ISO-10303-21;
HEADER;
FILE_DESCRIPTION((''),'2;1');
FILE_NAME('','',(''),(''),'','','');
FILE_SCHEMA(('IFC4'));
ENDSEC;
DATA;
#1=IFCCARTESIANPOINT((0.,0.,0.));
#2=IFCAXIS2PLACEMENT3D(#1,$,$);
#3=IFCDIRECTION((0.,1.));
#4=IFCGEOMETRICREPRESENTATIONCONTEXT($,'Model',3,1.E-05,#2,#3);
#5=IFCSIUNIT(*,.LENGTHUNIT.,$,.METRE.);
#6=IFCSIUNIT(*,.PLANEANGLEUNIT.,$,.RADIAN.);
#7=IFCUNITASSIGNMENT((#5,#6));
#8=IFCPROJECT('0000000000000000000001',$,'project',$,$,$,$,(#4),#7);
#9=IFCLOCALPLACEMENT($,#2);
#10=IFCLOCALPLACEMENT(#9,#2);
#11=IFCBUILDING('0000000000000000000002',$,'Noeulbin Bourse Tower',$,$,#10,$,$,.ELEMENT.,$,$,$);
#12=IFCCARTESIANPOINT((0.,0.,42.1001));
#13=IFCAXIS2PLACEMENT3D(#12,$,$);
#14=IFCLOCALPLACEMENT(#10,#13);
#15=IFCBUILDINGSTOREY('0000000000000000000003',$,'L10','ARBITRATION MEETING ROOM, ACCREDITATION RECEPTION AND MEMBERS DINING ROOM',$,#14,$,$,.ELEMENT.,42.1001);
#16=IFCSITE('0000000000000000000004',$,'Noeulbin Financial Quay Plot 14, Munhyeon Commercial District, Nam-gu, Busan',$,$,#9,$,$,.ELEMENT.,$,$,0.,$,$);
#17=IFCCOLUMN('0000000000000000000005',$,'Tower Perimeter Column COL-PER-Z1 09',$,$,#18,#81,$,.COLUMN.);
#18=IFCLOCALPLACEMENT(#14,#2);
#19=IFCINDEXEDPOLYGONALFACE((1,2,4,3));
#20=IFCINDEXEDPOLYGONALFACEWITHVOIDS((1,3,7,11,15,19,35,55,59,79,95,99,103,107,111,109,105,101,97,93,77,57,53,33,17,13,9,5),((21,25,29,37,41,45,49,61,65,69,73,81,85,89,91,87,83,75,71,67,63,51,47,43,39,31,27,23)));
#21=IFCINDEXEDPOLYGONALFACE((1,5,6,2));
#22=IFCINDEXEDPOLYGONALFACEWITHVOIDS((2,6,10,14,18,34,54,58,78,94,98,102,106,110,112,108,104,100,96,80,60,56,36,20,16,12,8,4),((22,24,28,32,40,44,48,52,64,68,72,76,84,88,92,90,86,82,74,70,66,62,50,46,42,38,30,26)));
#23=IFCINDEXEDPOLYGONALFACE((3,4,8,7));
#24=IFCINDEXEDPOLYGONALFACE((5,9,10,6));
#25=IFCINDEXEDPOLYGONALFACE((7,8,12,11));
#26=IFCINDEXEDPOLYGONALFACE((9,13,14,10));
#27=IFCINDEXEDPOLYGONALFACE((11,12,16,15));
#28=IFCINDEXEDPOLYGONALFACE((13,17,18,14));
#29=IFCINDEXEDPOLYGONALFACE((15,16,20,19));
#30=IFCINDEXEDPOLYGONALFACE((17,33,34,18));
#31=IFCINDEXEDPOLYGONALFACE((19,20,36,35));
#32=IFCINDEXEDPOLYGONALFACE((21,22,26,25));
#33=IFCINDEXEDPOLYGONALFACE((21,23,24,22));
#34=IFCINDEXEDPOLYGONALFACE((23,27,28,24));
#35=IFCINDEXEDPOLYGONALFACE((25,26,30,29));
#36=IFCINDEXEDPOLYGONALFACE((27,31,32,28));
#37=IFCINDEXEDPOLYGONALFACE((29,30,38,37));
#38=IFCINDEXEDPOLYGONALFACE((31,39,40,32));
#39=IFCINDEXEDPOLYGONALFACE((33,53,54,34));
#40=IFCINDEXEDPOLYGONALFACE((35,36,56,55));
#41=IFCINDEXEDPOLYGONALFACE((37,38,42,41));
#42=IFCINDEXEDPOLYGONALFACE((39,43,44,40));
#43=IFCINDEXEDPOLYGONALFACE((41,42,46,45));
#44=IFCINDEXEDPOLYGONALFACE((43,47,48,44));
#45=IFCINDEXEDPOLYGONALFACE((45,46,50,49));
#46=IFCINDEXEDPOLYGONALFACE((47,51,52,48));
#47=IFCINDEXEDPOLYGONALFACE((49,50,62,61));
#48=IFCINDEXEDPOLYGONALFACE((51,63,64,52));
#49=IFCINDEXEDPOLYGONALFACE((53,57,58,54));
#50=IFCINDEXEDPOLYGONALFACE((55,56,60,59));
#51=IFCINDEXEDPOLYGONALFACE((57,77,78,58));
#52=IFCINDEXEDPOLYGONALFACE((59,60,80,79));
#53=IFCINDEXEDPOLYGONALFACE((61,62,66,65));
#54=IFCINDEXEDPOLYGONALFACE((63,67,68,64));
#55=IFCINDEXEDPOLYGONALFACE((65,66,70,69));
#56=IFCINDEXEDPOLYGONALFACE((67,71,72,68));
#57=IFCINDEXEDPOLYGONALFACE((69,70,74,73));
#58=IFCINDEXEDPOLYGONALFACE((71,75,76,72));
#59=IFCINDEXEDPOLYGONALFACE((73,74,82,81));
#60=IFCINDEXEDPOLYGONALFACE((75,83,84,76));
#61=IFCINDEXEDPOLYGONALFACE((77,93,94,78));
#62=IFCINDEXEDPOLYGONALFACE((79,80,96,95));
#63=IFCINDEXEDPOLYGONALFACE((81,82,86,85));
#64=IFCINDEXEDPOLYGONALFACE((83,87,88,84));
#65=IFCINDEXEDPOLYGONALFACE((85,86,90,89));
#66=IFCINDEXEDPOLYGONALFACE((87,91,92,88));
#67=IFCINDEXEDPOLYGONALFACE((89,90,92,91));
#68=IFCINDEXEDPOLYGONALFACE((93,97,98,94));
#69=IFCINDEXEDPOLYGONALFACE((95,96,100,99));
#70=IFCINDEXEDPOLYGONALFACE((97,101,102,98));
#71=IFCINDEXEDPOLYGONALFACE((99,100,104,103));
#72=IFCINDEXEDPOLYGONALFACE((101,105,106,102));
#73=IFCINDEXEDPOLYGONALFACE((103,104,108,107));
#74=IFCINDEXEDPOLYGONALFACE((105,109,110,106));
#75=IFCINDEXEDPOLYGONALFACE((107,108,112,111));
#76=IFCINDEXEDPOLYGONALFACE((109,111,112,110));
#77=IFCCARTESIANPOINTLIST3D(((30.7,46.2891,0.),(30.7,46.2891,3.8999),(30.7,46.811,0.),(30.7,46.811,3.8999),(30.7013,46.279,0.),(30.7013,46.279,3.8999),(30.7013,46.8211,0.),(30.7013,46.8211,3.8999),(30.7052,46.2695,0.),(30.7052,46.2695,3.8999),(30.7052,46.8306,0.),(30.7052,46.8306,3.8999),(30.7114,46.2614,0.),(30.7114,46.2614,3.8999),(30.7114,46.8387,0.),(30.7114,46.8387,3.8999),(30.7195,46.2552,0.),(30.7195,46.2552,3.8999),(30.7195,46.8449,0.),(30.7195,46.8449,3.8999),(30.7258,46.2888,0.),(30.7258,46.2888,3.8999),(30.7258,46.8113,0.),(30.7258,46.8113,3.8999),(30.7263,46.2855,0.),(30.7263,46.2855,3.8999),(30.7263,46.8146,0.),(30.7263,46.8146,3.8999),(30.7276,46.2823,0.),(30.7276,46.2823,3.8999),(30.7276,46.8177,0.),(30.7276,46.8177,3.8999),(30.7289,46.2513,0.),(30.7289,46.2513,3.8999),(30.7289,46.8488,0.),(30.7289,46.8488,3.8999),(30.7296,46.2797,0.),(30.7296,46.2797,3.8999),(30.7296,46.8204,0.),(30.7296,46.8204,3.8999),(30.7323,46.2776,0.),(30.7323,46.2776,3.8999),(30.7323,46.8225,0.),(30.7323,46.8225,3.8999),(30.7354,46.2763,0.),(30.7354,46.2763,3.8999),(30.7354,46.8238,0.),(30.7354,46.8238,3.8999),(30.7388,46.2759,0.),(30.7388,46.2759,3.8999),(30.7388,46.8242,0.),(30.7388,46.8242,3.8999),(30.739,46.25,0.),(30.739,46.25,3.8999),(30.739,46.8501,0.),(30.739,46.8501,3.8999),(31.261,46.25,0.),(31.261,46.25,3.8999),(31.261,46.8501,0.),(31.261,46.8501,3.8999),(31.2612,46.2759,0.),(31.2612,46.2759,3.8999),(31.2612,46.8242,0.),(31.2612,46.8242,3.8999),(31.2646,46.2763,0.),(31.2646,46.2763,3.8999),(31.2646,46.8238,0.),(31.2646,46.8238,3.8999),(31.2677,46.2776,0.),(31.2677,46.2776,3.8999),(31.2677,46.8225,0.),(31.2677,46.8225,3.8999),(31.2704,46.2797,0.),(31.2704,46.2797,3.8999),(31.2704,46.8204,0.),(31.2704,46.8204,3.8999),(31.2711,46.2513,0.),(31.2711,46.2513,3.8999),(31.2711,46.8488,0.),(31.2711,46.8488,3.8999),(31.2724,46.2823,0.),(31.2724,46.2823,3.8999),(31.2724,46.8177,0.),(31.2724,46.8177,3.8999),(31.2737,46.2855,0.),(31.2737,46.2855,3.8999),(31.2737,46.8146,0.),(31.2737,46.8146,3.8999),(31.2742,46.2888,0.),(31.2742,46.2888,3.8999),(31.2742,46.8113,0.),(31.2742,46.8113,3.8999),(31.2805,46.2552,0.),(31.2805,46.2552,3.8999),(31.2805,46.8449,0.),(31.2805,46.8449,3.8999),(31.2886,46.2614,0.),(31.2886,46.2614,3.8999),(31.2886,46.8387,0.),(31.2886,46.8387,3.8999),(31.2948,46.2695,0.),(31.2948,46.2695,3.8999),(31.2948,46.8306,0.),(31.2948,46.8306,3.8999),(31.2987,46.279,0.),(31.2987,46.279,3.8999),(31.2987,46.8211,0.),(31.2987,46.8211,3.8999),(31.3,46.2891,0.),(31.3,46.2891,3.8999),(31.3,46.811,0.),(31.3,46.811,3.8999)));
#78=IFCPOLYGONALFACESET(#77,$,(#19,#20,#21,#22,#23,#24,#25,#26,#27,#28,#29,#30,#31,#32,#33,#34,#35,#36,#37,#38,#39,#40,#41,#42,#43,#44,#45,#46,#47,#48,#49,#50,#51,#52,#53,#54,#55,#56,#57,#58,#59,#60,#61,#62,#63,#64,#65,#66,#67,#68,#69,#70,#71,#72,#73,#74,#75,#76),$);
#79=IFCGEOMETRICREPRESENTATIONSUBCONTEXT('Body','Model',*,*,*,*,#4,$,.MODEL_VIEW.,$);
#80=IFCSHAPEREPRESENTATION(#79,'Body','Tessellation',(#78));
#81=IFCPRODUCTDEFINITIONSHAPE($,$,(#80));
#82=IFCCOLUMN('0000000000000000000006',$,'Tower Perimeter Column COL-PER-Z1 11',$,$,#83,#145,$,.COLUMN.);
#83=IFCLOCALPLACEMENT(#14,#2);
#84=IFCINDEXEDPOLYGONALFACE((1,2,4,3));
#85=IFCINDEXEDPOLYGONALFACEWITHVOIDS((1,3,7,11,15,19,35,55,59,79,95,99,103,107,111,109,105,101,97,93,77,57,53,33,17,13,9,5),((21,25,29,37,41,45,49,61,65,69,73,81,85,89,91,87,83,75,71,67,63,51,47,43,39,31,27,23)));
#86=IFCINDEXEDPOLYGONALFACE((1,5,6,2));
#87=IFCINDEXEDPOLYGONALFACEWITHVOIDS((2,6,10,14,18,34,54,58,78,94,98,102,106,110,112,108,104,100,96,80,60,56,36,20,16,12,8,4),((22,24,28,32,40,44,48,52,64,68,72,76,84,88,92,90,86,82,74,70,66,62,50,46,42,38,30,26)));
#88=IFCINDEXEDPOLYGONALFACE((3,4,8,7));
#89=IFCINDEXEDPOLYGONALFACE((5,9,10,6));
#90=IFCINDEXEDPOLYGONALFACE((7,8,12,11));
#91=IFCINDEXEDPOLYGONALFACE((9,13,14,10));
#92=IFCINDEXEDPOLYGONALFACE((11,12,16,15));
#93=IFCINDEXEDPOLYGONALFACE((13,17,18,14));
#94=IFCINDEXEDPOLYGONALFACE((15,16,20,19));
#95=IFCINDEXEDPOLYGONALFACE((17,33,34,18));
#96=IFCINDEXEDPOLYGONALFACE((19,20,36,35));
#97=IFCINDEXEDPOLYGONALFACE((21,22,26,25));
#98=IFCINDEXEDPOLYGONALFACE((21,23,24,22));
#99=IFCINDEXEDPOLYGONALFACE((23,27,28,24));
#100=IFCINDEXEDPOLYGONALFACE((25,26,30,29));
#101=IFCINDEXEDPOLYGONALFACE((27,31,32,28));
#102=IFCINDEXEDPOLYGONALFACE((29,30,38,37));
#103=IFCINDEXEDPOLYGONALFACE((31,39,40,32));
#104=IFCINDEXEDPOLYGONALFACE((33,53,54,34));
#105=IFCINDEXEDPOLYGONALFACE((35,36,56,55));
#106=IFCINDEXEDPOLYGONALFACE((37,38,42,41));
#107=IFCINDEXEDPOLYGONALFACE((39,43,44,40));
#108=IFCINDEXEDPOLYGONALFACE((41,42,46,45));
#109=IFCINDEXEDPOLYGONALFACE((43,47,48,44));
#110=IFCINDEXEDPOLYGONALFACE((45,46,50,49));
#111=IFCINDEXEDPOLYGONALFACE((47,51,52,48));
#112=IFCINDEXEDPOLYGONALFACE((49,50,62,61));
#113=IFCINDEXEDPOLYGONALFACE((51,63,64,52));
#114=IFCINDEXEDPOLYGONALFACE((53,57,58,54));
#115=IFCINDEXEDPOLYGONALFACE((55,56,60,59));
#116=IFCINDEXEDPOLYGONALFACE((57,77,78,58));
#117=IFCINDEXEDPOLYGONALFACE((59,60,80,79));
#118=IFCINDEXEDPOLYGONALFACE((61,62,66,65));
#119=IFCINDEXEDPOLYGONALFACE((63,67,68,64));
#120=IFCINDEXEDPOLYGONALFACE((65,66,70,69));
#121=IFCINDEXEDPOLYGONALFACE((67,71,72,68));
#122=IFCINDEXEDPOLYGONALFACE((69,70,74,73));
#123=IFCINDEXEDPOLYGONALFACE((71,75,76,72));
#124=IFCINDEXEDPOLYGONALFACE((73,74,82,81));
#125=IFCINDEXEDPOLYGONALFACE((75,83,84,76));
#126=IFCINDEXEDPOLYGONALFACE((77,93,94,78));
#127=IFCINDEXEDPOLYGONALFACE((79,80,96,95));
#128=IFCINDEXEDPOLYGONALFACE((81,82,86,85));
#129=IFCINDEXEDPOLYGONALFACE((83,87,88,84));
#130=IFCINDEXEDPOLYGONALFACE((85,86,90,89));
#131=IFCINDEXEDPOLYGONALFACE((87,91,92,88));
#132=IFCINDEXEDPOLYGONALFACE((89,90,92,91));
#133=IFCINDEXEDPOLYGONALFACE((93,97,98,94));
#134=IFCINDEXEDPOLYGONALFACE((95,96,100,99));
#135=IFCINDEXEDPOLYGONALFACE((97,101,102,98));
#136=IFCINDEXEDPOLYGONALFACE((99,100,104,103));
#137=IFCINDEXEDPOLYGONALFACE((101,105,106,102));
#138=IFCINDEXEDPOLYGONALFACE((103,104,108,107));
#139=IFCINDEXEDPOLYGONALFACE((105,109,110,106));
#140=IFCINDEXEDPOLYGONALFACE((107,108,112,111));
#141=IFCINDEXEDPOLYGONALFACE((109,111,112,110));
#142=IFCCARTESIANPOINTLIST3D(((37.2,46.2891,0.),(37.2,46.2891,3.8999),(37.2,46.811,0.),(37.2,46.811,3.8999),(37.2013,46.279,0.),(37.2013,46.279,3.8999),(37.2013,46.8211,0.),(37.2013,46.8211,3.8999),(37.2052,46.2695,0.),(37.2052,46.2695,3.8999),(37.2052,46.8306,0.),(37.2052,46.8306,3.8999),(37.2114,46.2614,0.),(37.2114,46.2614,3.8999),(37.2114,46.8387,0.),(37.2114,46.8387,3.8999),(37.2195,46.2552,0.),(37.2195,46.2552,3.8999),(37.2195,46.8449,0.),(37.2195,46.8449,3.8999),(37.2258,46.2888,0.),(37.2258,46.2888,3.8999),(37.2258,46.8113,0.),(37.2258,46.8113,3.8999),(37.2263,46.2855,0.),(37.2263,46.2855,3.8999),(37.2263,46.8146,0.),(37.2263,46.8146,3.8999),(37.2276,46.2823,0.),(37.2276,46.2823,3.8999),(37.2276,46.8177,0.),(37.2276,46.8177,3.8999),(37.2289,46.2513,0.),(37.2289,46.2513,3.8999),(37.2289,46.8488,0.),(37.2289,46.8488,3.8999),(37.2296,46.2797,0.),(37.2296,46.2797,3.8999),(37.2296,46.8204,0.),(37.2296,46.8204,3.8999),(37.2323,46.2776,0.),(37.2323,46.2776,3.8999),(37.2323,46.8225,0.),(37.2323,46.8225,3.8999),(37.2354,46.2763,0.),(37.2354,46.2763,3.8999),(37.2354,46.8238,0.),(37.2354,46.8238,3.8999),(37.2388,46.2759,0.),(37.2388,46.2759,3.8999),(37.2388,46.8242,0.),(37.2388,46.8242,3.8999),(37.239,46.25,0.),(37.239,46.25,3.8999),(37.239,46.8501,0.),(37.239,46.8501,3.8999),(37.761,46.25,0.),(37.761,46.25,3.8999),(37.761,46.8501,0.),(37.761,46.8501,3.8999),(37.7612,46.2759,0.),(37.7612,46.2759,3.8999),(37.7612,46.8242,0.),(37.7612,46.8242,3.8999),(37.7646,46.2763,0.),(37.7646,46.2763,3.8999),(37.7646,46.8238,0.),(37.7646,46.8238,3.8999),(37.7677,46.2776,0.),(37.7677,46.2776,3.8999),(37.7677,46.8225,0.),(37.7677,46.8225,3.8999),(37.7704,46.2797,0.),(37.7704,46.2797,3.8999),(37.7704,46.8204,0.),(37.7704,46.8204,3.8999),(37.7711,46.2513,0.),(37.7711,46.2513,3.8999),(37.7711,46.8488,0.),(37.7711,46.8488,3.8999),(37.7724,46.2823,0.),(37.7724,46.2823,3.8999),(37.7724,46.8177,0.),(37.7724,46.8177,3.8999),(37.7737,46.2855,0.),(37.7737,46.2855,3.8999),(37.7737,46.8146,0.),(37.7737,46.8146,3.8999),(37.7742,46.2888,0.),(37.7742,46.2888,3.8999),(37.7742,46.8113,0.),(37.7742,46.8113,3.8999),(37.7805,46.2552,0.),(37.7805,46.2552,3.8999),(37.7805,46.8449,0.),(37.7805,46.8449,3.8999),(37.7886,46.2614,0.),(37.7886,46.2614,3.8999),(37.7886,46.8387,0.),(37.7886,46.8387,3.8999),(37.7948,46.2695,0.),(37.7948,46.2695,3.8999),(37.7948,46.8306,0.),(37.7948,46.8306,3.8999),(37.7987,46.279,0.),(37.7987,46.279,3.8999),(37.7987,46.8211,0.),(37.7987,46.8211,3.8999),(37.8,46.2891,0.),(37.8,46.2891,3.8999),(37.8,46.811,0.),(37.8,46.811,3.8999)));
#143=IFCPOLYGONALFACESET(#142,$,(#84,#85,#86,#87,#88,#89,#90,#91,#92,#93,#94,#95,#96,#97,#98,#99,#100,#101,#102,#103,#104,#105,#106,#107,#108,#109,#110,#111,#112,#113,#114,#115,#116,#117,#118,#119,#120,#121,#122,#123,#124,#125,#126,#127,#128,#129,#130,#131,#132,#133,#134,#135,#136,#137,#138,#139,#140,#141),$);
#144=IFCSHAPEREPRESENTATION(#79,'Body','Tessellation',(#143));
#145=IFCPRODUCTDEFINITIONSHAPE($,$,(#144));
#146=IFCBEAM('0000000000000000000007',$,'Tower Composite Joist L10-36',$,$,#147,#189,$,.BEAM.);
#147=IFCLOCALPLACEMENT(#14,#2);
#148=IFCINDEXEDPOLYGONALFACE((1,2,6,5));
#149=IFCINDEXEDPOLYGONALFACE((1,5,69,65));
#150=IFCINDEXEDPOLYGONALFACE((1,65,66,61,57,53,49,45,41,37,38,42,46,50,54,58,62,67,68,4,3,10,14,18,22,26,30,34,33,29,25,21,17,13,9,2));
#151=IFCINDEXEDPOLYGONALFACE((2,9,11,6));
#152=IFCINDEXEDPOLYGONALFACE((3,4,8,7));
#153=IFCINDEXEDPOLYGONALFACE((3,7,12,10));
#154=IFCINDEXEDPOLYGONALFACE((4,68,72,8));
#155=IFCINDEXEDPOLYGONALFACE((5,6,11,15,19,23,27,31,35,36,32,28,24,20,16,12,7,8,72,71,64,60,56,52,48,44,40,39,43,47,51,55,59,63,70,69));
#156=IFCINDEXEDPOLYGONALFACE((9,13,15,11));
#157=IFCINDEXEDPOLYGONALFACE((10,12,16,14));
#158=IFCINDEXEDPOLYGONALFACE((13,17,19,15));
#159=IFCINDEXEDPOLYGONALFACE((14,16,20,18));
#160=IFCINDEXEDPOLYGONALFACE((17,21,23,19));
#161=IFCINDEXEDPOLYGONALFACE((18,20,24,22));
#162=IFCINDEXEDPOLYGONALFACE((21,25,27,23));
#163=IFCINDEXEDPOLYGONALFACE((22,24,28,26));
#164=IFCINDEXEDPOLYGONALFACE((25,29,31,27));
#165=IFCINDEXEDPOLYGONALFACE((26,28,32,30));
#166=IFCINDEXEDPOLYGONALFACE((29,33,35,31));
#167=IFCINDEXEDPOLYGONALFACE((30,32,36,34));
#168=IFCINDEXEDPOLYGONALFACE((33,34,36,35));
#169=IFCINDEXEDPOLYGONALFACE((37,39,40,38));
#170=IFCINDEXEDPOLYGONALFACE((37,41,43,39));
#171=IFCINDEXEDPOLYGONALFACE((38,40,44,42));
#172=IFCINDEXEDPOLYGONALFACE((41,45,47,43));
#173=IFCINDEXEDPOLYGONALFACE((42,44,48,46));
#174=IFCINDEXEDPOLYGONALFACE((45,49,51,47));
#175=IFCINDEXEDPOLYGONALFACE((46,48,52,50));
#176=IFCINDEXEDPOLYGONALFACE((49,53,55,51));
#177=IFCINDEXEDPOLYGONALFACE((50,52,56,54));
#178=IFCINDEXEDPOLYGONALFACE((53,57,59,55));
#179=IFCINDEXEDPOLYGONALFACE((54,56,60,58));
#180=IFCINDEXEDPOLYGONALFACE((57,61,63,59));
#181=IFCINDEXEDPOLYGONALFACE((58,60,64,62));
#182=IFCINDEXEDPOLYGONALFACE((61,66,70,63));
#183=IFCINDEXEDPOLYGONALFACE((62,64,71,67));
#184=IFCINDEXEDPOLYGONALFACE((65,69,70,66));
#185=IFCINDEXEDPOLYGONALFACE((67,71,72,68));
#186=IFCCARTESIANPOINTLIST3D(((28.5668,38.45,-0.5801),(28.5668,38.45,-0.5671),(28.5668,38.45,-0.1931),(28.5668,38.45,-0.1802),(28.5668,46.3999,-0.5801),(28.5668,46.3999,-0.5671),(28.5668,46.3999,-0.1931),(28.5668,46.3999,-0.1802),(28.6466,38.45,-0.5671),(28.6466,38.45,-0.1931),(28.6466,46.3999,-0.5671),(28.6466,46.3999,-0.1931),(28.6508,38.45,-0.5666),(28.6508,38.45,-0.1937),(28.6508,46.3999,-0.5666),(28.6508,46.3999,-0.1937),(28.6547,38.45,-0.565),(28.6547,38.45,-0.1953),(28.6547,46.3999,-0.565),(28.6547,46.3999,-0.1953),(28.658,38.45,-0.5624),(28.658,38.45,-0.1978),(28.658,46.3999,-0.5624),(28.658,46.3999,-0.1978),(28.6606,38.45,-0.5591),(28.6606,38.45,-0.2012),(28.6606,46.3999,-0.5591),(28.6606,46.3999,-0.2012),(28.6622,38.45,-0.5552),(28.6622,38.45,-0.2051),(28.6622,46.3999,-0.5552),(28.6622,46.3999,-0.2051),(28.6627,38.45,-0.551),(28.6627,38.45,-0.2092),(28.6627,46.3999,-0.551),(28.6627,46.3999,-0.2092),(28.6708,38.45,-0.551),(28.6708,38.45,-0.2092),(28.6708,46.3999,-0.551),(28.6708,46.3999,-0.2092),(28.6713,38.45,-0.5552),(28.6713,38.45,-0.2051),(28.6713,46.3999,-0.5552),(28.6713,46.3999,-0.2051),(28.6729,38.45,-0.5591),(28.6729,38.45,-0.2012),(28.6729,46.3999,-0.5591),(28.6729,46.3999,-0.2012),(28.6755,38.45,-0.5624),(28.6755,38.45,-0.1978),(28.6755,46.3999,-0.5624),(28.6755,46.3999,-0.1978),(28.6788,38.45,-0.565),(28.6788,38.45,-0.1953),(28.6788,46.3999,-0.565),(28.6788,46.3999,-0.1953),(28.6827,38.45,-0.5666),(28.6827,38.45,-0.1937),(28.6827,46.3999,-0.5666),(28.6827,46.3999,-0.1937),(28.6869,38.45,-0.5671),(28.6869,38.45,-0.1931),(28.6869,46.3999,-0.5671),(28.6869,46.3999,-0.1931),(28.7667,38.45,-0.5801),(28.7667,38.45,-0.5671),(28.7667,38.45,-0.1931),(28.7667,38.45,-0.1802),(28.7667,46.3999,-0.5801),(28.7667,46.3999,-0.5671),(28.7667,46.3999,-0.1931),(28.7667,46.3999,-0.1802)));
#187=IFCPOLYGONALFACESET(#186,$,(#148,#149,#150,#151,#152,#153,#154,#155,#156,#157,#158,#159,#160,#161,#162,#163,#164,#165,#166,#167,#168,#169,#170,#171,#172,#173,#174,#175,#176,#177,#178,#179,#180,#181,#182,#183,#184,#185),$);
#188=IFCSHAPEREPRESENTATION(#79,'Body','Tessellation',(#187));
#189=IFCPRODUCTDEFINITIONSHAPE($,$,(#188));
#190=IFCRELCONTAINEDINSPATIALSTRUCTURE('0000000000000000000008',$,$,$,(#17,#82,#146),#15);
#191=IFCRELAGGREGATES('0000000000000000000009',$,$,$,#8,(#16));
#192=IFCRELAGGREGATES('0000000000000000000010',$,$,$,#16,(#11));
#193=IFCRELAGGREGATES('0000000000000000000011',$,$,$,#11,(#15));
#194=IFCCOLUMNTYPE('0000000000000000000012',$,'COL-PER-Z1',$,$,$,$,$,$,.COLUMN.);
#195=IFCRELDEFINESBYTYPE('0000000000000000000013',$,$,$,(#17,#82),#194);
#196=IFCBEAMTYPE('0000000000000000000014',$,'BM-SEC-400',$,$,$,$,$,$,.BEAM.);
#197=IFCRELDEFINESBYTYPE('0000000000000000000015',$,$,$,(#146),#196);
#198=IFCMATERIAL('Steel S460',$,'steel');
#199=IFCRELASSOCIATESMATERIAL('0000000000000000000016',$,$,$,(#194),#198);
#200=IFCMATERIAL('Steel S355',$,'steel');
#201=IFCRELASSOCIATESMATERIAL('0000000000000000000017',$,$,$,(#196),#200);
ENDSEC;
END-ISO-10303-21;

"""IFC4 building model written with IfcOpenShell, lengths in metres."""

from ifc_helpers import new_model, si_unit, direction, frame, origin, origin_2d, place, context, subcontext, project, spatial, hollow_rectangle, i_section, extrude, material, material_profile, profile_set, type_object, element, save


model = new_model("IFC4")

# Units and contexts
model_context = context("Model", 3, precision=1e-05, world=origin(), true_north=direction((0.0, 1.0)))
body_context = subcontext(model_context, "Body", "Model", "MODEL_VIEW")
ifc_project = project(units=[si_unit("LENGTHUNIT", "METRE"), si_unit("PLANEANGLEUNIT", "RADIAN")], contexts=[model_context])

# Site, building, storey
site_placement = place(None, origin())
site = spatial("IfcSite", under=ifc_project, at=site_placement, Name="Noeulbin Financial Quay Plot 14, Munhyeon Commercial District, Nam-gu, Busan", CompositionType="ELEMENT", RefElevation=0.0)
building_placement = place(site_placement, origin())
building = spatial("IfcBuilding", under=site, at=building_placement, Name="Noeulbin Bourse Tower", CompositionType="ELEMENT")
storey_placement = place(building_placement, frame((0.0, 0.0, 42.1001)))
storey = spatial("IfcBuildingStorey", under=building, at=storey_placement, Name="L10", Description="ARBITRATION MEETING ROOM, ACCREDITATION RECEPTION AND MEMBERS DINING ROOM", CompositionType="ELEMENT", Elevation=42.1001)

# Columns
ifc_material_1 = material(Name="Steel S460", Category="steel")
ifc_material_profile_1 = material_profile(ifc_material_1, hollow_rectangle(XDim=0.6001, YDim=0.6001, WallThickness=0.0259, InnerFilletRadius=0.0129, OuterFilletRadius=0.0391, at=origin_2d()), Name="BOX-600x600x26", Category="LoadBearing")
ifc_profile_set_1 = profile_set([ifc_material_profile_1], Name="Steel S460")
column_type = type_object("IfcColumnType", Name="COL-PER-Z1", PredefinedType="COLUMN", material=ifc_profile_set_1)
for number, where, z_axis, x_axis, name in (
    (1, (31.0, 46.55, 0.0), (0.0, 0.0, 1.0), (1.0, 0.0, 0.0), "Tower Perimeter Column COL-PER-Z1 09"),
    (2, (37.5, 46.55, 0.0), (0.0, 0.0, 1.0), (1.0, 0.0, 0.0), "Tower Perimeter Column COL-PER-Z1 11"),
):
    element("IfcColumn", number, at=place(storey_placement, frame(where, z_axis=z_axis, x_axis=x_axis)), inside=storey, type_object=column_type, Name=name, PredefinedType="COLUMN", context=body_context, shape_type="SweptSolid", body=[
        extrude(hollow_rectangle(XDim=0.6001, YDim=0.6001, WallThickness=0.0259, InnerFilletRadius=0.0129, OuterFilletRadius=0.0391, at=origin_2d()), origin(), (0.0, 0.0, 1.0), 3.8999),
    ])

# Beam
ifc_material_2 = material(Name="Steel S355", Category="steel")
ifc_material_profile_2 = material_profile(ifc_material_2, i_section(OverallWidth=0.2, OverallDepth=0.3999, WebThickness=0.0081, FlangeThickness=0.0129, FilletRadius=0.0161, at=origin_2d()), Name="H-400x200x8x13", Category="LoadBearing")
ifc_profile_set_2 = profile_set([ifc_material_profile_2], Name="Steel S355")
beam_type_1 = type_object("IfcBeamType", Name="BM-SEC-400", PredefinedType="BEAM", material=ifc_profile_set_2)
for number, where, z_axis, x_axis, name in (
    (3, (28.6667, 38.45, -0.3801), (0.0, 1.0, 0.0), (-1.0, 0.0, 0.0), "Tower Composite Joist L10-36"),
):
    element("IfcBeam", number, at=place(storey_placement, frame(where, z_axis=z_axis, x_axis=x_axis)), inside=storey, type_object=beam_type_1, Name=name, PredefinedType="BEAM", context=body_context, shape_type="SweptSolid", body=[
        extrude(i_section(OverallWidth=0.2, OverallDepth=0.3999, WebThickness=0.0081, FlangeThickness=0.0129, FilletRadius=0.0161, at=origin_2d()), origin(), (0.0, 0.0, 1.0), 7.95),
    ])

save(model, "model.ifc")
